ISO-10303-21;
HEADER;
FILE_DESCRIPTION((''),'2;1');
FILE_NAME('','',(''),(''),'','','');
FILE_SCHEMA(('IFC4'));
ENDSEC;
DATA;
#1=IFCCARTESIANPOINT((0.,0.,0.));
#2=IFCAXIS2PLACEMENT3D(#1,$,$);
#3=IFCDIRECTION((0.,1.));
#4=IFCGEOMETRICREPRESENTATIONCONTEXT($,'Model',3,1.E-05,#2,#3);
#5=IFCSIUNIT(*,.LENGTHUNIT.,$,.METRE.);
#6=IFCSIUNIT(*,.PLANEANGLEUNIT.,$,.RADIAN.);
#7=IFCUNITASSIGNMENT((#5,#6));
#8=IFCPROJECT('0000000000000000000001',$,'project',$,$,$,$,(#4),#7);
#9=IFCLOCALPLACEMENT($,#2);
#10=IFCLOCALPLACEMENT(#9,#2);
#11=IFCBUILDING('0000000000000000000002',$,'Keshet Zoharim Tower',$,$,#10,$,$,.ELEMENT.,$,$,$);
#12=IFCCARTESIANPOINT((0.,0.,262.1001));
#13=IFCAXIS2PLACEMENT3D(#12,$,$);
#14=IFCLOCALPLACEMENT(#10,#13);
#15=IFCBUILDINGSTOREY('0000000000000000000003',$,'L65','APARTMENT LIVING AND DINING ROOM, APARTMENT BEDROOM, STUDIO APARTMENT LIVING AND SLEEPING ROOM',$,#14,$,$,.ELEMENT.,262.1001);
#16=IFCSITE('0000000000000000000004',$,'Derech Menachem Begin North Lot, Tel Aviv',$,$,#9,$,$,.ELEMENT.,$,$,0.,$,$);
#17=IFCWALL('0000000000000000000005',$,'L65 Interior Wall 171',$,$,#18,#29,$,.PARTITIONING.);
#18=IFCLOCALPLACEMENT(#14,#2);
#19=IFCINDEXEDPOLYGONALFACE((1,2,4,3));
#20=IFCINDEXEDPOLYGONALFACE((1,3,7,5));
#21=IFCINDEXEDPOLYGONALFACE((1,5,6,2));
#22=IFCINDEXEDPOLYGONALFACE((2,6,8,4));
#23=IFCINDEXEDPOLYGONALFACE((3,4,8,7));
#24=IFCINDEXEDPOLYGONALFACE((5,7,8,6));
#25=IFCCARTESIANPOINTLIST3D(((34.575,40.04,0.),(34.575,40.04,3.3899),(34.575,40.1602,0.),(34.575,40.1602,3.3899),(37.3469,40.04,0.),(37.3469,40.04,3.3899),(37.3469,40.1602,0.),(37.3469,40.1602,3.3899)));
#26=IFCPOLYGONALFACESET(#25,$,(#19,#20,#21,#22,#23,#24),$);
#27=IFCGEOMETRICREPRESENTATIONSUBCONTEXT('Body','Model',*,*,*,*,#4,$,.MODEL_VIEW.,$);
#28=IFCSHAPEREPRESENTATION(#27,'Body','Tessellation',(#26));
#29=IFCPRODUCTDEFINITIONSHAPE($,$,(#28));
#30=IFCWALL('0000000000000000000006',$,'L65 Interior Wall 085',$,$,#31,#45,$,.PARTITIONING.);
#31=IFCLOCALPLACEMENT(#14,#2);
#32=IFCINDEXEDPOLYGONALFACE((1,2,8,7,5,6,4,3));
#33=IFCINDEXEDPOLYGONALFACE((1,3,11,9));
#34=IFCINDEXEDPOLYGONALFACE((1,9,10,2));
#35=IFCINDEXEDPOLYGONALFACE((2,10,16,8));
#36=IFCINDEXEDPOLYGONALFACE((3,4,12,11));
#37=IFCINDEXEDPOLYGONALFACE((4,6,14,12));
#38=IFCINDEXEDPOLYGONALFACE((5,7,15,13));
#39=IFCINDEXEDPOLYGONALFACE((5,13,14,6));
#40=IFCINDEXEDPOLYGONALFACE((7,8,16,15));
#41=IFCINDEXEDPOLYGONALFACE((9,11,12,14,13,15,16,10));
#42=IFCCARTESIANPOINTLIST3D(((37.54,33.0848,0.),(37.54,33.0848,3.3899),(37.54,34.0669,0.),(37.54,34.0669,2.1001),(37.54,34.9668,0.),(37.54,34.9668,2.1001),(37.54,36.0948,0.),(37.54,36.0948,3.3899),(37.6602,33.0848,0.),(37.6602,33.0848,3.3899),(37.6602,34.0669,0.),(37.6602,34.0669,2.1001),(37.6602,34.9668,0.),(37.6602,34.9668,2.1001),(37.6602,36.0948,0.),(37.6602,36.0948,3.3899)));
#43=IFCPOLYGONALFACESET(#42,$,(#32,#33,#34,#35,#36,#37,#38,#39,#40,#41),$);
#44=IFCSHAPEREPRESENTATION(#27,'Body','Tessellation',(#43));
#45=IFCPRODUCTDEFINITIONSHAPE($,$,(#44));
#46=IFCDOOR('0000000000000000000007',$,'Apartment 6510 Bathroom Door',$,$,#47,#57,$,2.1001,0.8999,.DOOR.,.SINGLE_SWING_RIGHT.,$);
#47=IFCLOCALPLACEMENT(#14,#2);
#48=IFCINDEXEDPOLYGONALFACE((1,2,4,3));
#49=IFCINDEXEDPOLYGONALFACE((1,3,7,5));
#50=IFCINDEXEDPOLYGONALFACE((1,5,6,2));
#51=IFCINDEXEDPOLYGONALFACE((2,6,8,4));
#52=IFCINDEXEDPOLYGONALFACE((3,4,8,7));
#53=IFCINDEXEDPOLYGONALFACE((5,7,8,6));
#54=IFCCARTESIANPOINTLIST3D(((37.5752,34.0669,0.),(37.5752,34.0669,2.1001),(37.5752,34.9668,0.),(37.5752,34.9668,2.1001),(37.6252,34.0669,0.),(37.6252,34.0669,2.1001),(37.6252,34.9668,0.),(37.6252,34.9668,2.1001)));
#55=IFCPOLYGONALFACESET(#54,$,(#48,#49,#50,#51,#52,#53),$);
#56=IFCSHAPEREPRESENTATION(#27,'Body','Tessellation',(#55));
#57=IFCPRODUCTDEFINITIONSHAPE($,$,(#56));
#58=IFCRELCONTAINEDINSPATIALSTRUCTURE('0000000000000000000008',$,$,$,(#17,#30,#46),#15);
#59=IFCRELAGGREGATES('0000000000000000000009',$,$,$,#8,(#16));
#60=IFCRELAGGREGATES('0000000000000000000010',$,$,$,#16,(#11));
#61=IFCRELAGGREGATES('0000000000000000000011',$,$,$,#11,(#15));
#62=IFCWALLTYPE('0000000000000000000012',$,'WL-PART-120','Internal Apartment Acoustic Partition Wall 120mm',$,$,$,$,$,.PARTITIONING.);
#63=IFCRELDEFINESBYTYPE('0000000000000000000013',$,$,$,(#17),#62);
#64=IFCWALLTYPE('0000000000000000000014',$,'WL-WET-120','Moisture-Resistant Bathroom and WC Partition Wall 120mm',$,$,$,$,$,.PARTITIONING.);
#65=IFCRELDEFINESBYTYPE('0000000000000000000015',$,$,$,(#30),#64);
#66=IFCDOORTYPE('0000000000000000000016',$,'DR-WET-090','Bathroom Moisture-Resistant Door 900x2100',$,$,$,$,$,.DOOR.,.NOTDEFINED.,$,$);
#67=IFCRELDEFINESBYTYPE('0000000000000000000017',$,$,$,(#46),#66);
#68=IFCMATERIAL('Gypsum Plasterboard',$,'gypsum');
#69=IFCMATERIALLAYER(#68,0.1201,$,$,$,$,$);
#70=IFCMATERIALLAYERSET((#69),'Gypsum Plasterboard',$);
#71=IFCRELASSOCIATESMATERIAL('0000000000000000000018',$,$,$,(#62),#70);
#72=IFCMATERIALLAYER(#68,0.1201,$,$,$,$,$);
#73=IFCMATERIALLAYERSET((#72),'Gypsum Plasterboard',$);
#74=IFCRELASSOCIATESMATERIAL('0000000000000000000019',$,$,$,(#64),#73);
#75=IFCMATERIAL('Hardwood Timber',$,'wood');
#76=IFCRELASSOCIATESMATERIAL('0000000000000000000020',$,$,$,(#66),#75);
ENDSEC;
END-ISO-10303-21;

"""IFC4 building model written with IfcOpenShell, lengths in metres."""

from ifc_helpers import new_model, si_unit, direction, frame, frame_2d, origin, place, context, subcontext, project, spatial, rectangle, extrude, material, layer, layer_set, type_object, element, fill, save


model = new_model("IFC4")

# Units and contexts
model_context = context("Model", 3, precision=1e-05, world=origin(), true_north=direction((0.0, 1.0)))
body_context = subcontext(model_context, "Body", "Model", "MODEL_VIEW")
ifc_project = project(units=[si_unit("LENGTHUNIT", "METRE"), si_unit("PLANEANGLEUNIT", "RADIAN")], contexts=[model_context])

# Site, building, storey
site_placement = place(None, origin())
site = spatial("IfcSite", under=ifc_project, at=site_placement, Name="Derech Menachem Begin North Lot, Tel Aviv", CompositionType="ELEMENT", RefElevation=0.0)
building_placement = place(site_placement, origin())
building = spatial("IfcBuilding", under=site, at=building_placement, Name="Keshet Zoharim Tower", CompositionType="ELEMENT")
storey_placement = place(building_placement, frame((0.0, 0.0, 262.1001)))
storey = spatial("IfcBuildingStorey", under=building, at=storey_placement, Name="L65", Description="APARTMENT LIVING AND DINING ROOM, APARTMENT BEDROOM, STUDIO APARTMENT LIVING AND SLEEPING ROOM", CompositionType="ELEMENT", Elevation=262.1001)

# Shared definitions
ifc_material_1 = material(Name="Hardwood Timber", Category="wood")

# Shared definitions
ifc_material_2 = material(Name="Gypsum Plasterboard", Category="gypsum")
ifc_layer_1 = layer(ifc_material_2, 0.1201)
ifc_layer_set_1 = layer_set([ifc_layer_1], Name="Gypsum Plasterboard")
wall_type_1 = type_object("IfcWallType", Name="WL-PART-120", Description="Internal Apartment Acoustic Partition Wall 120mm", PredefinedType="PARTITIONING", material=ifc_layer_set_1)

# Wall
wall_1_placement = place(storey_placement, frame((34.575, 40.1001, 0.0), z_axis=(0.0, 0.0, 1.0), x_axis=(1.0, 0.0, 0.0)))
element("IfcWall", 1, at=wall_1_placement, inside=storey, type_object=wall_type_1, Name="L65 Interior Wall 171", PredefinedType="PARTITIONING", context=body_context, shape_type="SweptSolid", body=[
    extrude(rectangle(XDim=2.772, YDim=0.1201, at=frame_2d((1.386, 0.0))), origin(), (0.0, 0.0, 1.0), 3.3899),
])

# Wall, opening, door
ifc_layer_2 = layer(ifc_material_2, 0.1201)
ifc_layer_set_2 = layer_set([ifc_layer_2], Name="Gypsum Plasterboard")
wall_type_2 = type_object("IfcWallType", Name="WL-WET-120", Description="Moisture-Resistant Bathroom and WC Partition Wall 120mm", PredefinedType="PARTITIONING", material=ifc_layer_set_2)
wall_2_placement = place(storey_placement, frame((37.6001, 33.085, 0.0), z_axis=(0.0, 0.0, 1.0), x_axis=(0.0, 1.0, 0.0)))
wall_2 = element("IfcWall", 2, at=wall_2_placement, inside=storey, type_object=wall_type_2, Name="L65 Interior Wall 085", PredefinedType="PARTITIONING", context=body_context, shape_type="SweptSolid", body=[
    extrude(rectangle(XDim=3.01, YDim=0.1201, at=frame_2d((1.5049, 0.0))), origin(), (0.0, 0.0, 1.0), 3.3899),
])
opening_1_placement = place(wall_2_placement, frame((0.9819, 0.0, 0.0)))
opening_1 = element("IfcOpeningElement", 3, at=opening_1_placement, cuts=wall_2, PredefinedType="OPENING", context=body_context, shape_type="SweptSolid", body=[
    extrude(rectangle(XDim=0.8999, YDim=2.1001, at=frame_2d((0.45, 1.05))), frame((0.0, 0.0701, 0.0), z_axis=(0.0, -1.0, 0.0), x_axis=(1.0, 0.0, 0.0)), (0.0, 0.0, 1.0), 0.1401),
])
door_type_1 = type_object("IfcDoorType", Name="DR-WET-090", Description="Bathroom Moisture-Resistant Door 900x2100", OperationType="NOTDEFINED", PredefinedType="DOOR", material=ifc_material_1)
door_1_placement = place(opening_1_placement, origin())
door_1 = element("IfcDoor", 4, at=door_1_placement, inside=storey, type_object=door_type_1, Name="Apartment 6510 Bathroom Door", OperationType="SINGLE_SWING_RIGHT", OverallHeight=2.1001, OverallWidth=0.8999, PredefinedType="DOOR", context=body_context, shape_type="SweptSolid", body=[
    extrude(rectangle(XDim=0.8999, YDim=2.1001, at=frame_2d((0.45, 1.05))), frame((0.0, 0.0249, 0.0), z_axis=(0.0, -1.0, 0.0), x_axis=(1.0, 0.0, 0.0)), (0.0, 0.0, 1.0), 0.05),
])
fill(opening_1, door_1)

save(model, "model.ifc")
